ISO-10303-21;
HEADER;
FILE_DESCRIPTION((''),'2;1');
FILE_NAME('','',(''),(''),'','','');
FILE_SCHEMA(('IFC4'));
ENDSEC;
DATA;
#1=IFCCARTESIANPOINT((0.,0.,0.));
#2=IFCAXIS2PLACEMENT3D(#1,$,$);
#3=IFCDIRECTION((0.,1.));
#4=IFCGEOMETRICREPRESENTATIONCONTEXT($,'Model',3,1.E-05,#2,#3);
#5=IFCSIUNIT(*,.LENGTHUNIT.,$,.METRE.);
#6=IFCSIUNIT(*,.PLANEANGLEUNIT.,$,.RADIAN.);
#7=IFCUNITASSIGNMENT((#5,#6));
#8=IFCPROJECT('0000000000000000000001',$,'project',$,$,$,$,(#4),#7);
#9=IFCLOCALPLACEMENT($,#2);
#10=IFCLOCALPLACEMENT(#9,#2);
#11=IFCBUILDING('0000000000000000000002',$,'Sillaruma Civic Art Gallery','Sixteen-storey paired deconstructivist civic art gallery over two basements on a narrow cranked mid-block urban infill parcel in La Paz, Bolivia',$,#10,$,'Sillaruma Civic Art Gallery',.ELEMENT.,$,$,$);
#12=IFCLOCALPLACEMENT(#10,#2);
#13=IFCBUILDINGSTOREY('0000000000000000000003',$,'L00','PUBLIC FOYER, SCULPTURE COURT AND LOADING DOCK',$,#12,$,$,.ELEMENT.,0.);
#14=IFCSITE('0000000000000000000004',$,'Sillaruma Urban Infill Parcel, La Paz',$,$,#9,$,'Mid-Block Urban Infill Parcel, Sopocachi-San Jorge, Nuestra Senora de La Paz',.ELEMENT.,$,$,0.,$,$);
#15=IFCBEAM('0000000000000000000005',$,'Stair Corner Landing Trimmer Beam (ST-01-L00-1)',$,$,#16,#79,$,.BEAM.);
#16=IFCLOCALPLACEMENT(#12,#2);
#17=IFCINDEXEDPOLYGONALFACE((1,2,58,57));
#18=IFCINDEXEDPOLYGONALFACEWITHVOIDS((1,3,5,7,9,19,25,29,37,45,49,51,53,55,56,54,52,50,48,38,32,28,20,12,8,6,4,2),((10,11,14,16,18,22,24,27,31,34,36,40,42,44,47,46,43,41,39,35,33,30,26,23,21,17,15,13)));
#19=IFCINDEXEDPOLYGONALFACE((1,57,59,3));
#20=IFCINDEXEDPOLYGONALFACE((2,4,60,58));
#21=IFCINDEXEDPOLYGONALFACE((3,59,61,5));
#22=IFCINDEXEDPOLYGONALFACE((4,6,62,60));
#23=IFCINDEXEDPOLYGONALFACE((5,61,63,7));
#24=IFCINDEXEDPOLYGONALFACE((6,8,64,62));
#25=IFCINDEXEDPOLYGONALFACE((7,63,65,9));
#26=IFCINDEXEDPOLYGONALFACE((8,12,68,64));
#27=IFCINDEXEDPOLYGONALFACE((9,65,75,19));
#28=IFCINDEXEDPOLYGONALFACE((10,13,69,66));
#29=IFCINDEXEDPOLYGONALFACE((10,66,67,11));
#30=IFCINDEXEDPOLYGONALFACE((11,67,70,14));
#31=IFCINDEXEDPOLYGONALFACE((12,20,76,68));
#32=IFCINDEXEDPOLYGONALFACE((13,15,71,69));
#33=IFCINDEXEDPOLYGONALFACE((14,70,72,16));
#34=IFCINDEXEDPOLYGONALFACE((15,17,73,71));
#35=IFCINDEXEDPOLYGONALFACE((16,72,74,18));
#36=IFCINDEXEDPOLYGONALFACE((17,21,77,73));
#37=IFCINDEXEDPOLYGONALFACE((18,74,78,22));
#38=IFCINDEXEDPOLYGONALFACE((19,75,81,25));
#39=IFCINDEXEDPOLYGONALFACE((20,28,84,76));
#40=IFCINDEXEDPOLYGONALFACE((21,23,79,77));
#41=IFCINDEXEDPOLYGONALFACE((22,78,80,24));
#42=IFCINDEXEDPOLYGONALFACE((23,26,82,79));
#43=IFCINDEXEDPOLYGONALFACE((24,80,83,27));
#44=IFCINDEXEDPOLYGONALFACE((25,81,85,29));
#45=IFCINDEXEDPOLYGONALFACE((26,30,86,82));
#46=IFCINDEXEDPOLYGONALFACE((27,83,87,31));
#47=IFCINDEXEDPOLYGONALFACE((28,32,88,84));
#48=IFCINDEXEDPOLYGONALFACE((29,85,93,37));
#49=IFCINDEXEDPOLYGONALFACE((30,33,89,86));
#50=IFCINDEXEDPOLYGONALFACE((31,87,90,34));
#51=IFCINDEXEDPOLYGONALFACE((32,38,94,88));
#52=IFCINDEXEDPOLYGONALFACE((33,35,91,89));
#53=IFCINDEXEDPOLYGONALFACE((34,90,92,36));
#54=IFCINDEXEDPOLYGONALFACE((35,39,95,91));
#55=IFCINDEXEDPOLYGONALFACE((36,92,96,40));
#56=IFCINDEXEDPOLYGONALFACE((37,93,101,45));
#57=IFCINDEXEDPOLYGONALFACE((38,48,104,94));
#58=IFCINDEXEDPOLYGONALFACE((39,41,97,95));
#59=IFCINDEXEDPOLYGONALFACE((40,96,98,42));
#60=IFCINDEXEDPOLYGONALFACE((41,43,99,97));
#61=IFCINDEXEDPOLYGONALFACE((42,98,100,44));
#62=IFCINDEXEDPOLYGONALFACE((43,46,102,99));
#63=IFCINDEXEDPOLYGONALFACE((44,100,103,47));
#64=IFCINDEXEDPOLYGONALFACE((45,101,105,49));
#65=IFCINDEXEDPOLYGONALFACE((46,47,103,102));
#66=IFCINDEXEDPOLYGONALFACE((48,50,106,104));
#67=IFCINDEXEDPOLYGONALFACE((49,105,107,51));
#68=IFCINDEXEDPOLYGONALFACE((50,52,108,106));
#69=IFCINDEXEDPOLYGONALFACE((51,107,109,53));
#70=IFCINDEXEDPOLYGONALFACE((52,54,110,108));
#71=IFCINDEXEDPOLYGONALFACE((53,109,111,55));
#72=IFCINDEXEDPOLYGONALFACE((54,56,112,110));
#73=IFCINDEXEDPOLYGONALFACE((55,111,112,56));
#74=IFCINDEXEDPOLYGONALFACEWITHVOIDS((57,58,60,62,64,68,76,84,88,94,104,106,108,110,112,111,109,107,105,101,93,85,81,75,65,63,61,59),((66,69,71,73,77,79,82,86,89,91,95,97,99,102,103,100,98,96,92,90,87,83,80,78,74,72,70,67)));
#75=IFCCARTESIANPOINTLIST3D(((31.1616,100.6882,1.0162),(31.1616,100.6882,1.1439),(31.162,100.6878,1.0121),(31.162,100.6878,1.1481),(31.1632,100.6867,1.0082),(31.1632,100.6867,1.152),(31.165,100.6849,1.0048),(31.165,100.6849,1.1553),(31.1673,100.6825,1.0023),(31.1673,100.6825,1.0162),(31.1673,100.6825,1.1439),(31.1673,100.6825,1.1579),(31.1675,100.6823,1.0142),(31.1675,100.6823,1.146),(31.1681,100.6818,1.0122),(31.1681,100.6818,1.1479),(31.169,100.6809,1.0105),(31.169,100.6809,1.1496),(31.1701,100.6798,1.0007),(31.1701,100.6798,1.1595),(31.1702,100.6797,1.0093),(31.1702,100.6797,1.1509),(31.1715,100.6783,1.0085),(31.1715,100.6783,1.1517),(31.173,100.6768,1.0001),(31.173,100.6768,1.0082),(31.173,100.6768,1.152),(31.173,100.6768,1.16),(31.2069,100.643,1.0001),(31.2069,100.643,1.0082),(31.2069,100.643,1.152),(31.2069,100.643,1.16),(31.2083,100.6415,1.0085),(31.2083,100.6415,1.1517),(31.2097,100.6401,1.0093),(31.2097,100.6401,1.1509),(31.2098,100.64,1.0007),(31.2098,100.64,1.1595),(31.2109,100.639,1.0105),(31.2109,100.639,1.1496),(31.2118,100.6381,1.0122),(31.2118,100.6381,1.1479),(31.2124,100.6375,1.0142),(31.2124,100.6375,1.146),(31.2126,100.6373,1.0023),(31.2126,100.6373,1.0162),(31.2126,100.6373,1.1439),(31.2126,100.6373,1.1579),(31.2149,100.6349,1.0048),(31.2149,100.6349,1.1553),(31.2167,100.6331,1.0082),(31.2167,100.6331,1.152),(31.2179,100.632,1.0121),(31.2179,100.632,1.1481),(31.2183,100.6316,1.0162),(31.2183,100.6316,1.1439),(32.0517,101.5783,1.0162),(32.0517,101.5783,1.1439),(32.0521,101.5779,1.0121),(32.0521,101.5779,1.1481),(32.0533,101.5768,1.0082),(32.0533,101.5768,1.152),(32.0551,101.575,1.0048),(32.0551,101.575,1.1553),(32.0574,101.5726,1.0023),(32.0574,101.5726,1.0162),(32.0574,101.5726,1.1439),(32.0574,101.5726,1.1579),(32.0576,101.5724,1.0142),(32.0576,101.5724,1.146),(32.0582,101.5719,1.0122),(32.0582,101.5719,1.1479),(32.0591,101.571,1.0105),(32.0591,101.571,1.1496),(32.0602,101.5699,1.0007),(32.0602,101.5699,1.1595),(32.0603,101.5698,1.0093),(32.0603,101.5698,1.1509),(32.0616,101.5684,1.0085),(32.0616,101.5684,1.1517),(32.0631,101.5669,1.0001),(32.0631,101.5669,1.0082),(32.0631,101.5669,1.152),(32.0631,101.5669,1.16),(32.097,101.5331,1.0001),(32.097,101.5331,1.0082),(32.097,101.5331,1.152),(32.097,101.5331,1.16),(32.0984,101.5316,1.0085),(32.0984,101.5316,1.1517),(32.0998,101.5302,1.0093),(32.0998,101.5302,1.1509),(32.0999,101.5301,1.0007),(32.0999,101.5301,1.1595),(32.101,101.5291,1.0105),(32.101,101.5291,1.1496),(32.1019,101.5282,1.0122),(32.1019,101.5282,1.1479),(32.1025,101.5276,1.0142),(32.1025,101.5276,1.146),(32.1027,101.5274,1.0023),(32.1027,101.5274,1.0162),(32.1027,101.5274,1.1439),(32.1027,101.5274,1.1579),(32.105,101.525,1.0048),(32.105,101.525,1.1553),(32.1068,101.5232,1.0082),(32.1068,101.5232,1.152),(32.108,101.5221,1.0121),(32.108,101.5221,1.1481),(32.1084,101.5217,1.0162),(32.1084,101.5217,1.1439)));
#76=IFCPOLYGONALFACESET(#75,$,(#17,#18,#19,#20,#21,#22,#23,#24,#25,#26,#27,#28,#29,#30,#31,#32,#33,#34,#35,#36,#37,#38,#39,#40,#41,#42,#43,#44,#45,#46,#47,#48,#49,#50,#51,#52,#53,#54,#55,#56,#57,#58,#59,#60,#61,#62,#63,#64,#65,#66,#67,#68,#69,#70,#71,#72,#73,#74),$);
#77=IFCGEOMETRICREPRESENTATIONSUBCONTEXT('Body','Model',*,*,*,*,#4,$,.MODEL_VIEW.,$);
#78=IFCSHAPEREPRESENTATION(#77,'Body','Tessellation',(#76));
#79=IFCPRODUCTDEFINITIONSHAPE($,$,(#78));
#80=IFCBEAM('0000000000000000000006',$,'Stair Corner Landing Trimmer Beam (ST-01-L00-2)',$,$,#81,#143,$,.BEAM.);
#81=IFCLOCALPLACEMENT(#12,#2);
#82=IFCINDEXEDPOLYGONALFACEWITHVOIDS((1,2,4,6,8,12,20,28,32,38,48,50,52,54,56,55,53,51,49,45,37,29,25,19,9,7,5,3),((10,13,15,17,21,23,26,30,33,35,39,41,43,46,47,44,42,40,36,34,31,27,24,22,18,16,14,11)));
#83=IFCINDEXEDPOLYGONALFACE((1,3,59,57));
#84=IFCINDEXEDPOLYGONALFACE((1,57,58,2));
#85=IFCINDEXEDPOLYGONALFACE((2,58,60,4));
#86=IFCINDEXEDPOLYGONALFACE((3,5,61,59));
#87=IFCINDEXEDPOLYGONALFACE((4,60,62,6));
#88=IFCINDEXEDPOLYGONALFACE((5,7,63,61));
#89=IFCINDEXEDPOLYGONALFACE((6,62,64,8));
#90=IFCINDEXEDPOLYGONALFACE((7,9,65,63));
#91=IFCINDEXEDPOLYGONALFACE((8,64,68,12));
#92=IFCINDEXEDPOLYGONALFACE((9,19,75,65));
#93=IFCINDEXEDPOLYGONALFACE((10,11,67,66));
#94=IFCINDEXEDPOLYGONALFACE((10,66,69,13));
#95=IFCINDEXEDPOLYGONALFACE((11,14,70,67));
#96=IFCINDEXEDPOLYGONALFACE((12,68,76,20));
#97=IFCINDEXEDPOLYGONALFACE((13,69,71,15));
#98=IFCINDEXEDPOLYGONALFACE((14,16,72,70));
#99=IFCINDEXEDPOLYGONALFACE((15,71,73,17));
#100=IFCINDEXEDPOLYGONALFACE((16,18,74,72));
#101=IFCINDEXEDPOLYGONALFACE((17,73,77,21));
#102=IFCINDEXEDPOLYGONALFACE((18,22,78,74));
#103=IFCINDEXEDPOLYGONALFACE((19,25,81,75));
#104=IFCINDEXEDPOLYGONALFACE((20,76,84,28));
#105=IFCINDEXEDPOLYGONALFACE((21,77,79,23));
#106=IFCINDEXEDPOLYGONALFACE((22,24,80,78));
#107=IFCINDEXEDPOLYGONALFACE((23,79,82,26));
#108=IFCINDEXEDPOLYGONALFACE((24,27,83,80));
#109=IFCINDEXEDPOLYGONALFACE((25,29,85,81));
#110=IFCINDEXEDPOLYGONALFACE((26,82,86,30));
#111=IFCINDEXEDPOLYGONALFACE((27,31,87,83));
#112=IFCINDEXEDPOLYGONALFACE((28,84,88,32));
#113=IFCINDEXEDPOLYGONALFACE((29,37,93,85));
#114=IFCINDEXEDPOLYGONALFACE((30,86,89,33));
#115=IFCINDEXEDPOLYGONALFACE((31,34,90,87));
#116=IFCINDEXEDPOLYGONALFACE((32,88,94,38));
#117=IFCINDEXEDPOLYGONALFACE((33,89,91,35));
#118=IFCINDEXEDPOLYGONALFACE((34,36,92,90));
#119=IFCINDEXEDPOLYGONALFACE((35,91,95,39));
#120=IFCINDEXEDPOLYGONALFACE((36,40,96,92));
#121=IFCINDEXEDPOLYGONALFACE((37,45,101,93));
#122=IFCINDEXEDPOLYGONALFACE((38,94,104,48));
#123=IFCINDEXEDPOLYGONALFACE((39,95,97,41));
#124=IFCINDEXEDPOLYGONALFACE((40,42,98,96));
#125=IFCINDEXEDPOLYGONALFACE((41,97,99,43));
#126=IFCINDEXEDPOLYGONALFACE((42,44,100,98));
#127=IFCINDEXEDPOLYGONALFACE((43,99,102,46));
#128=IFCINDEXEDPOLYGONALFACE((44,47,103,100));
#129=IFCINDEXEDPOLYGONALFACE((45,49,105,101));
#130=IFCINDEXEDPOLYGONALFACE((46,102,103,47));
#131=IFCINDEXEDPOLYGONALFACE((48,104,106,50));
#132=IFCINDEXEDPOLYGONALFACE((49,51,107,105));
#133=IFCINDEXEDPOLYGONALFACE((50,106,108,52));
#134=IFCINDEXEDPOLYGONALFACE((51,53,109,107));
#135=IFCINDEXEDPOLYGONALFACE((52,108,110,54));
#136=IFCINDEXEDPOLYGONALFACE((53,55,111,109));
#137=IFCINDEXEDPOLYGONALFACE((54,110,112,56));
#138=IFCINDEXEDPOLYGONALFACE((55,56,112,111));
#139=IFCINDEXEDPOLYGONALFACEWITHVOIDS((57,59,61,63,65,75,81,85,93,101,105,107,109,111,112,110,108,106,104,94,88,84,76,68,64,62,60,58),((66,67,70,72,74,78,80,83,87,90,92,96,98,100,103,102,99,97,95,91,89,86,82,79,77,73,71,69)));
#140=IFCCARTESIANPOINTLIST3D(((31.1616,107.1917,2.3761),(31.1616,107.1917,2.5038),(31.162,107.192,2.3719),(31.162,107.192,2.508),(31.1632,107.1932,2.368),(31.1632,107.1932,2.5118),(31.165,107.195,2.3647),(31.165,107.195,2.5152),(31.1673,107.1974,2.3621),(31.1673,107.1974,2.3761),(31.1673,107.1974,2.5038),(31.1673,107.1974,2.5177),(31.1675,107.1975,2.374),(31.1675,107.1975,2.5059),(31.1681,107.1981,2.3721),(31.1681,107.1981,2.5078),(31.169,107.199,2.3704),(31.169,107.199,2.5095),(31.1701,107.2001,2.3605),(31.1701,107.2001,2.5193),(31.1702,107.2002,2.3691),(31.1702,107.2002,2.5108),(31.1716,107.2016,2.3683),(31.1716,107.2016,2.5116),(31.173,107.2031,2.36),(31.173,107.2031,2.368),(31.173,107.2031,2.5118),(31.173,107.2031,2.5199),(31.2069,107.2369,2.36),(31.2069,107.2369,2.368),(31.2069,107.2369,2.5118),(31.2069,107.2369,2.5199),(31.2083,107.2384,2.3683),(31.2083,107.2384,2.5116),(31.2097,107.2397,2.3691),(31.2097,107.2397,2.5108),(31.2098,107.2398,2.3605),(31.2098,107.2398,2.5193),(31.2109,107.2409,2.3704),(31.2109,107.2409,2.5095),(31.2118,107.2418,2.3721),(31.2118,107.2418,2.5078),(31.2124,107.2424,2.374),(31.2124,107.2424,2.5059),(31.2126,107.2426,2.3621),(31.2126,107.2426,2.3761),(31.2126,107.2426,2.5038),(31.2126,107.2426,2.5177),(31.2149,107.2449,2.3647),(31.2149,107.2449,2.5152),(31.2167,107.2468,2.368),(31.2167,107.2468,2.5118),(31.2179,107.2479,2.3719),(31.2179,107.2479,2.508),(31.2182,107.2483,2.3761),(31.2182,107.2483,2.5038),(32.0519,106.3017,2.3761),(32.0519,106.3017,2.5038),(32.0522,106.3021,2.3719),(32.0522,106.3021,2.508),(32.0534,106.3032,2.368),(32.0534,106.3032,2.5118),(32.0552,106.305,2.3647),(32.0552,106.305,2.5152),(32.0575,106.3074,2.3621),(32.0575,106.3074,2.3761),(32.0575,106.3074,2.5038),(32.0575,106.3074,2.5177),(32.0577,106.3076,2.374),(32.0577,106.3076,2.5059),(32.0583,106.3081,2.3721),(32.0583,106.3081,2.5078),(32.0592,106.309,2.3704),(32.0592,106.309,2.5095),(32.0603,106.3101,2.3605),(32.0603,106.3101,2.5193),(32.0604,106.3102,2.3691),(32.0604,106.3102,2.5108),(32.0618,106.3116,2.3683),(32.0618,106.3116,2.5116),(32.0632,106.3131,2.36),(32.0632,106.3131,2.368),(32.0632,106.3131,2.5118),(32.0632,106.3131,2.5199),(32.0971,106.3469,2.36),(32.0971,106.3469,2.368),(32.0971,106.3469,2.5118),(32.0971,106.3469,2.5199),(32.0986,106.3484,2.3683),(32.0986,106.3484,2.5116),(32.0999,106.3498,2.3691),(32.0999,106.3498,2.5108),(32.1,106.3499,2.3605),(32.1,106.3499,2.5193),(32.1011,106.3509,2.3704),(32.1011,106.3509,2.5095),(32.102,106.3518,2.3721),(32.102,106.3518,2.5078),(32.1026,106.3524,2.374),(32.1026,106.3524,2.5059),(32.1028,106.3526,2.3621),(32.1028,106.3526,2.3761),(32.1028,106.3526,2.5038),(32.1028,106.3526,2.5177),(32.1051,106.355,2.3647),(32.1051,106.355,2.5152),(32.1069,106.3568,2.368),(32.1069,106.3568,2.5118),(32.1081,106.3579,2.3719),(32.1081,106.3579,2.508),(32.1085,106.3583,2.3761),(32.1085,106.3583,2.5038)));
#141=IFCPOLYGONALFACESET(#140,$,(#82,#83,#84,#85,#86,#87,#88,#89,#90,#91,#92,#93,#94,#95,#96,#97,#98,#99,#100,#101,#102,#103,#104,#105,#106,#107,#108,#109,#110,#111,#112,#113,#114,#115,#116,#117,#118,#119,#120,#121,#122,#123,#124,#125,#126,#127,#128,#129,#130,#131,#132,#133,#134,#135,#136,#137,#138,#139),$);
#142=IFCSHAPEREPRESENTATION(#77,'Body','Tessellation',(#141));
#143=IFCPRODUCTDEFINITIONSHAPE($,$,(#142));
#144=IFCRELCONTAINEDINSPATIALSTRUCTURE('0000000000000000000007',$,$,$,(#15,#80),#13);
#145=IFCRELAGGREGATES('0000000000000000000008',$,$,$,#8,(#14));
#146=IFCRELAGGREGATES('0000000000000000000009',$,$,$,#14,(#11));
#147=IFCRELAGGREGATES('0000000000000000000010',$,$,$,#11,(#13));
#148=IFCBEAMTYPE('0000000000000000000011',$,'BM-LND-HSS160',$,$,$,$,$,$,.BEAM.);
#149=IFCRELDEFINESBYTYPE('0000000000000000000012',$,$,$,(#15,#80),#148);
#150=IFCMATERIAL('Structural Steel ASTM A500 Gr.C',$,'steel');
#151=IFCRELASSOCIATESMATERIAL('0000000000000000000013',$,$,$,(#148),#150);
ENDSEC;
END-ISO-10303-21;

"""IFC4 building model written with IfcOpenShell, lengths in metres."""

from ifc_helpers import new_model, si_unit, direction, frame, origin, origin_2d, place, context, subcontext, project, spatial, hollow_rectangle, extrude, material, material_profile, profile_set, type_object, element, save


model = new_model("IFC4")

# Units and contexts
model_context = context("Model", 3, precision=1e-05, world=origin(), true_north=direction((0.0, 1.0)))
body_context = subcontext(model_context, "Body", "Model", "MODEL_VIEW")
ifc_project = project(units=[si_unit("LENGTHUNIT", "METRE"), si_unit("PLANEANGLEUNIT", "RADIAN")], contexts=[model_context])

# Site, building, storey
site_placement = place(None, origin())
site = spatial("IfcSite", under=ifc_project, at=site_placement, Name="Sillaruma Urban Infill Parcel, La Paz", LongName="Mid-Block Urban Infill Parcel, Sopocachi-San Jorge, Nuestra Senora de La Paz", CompositionType="ELEMENT", RefElevation=0.0)
building_placement = place(site_placement, origin())
building = spatial("IfcBuilding", under=site, at=building_placement, Name="Sillaruma Civic Art Gallery", Description="Sixteen-storey paired deconstructivist civic art gallery over two basements on a narrow cranked mid-block urban infill parcel in La Paz, Bolivia", LongName="Sillaruma Civic Art Gallery", CompositionType="ELEMENT")
storey_placement = place(building_placement, origin())
storey = spatial("IfcBuildingStorey", under=building, at=storey_placement, Name="L00", Description="PUBLIC FOYER, SCULPTURE COURT AND LOADING DOCK", CompositionType="ELEMENT", Elevation=0.0)

# Beams
ifc_material_1 = material(Name="Structural Steel ASTM A500 Gr.C", Category="steel")
ifc_material_profile_1 = material_profile(ifc_material_1, hollow_rectangle(XDim=0.0801, YDim=0.1599, WallThickness=0.0081, InnerFilletRadius=0.0081, OuterFilletRadius=0.0161, at=origin_2d()), Name="HSS160x80x8")
ifc_profile_set_1 = profile_set([ifc_material_profile_1], Name="Structural Steel ASTM A500 Gr.C")
beam_type_1 = type_object("IfcBeamType", Name="BM-LND-HSS160", PredefinedType="BEAM", material=ifc_profile_set_1)
for number, where, z_axis, x_axis, name in (
    (1, (31.1899, 100.6599, 1.0801), (0.707107, 0.707107, 0.0), (-0.707107, 0.707107, 0.0), "Stair Corner Landing Trimmer Beam (ST-01-L00-1)"),
    (2, (31.1899, 107.22, 2.4399), (0.707204, -0.70701, 0.0), (0.70701, 0.707204, 0.0), "Stair Corner Landing Trimmer Beam (ST-01-L00-2)"),
):
    element("IfcBeam", number, at=place(storey_placement, frame(where, z_axis=z_axis, x_axis=x_axis)), inside=storey, type_object=beam_type_1, Name=name, PredefinedType="BEAM", context=body_context, shape_type="SweptSolid", body=[
        extrude(hollow_rectangle(XDim=0.0801, YDim=0.1599, WallThickness=0.0081, InnerFilletRadius=0.0081, OuterFilletRadius=0.0161, at=origin_2d()), origin(), (0.0, 0.0, 1.0), 1.2588),
    ])

save(model, "model.ifc")
